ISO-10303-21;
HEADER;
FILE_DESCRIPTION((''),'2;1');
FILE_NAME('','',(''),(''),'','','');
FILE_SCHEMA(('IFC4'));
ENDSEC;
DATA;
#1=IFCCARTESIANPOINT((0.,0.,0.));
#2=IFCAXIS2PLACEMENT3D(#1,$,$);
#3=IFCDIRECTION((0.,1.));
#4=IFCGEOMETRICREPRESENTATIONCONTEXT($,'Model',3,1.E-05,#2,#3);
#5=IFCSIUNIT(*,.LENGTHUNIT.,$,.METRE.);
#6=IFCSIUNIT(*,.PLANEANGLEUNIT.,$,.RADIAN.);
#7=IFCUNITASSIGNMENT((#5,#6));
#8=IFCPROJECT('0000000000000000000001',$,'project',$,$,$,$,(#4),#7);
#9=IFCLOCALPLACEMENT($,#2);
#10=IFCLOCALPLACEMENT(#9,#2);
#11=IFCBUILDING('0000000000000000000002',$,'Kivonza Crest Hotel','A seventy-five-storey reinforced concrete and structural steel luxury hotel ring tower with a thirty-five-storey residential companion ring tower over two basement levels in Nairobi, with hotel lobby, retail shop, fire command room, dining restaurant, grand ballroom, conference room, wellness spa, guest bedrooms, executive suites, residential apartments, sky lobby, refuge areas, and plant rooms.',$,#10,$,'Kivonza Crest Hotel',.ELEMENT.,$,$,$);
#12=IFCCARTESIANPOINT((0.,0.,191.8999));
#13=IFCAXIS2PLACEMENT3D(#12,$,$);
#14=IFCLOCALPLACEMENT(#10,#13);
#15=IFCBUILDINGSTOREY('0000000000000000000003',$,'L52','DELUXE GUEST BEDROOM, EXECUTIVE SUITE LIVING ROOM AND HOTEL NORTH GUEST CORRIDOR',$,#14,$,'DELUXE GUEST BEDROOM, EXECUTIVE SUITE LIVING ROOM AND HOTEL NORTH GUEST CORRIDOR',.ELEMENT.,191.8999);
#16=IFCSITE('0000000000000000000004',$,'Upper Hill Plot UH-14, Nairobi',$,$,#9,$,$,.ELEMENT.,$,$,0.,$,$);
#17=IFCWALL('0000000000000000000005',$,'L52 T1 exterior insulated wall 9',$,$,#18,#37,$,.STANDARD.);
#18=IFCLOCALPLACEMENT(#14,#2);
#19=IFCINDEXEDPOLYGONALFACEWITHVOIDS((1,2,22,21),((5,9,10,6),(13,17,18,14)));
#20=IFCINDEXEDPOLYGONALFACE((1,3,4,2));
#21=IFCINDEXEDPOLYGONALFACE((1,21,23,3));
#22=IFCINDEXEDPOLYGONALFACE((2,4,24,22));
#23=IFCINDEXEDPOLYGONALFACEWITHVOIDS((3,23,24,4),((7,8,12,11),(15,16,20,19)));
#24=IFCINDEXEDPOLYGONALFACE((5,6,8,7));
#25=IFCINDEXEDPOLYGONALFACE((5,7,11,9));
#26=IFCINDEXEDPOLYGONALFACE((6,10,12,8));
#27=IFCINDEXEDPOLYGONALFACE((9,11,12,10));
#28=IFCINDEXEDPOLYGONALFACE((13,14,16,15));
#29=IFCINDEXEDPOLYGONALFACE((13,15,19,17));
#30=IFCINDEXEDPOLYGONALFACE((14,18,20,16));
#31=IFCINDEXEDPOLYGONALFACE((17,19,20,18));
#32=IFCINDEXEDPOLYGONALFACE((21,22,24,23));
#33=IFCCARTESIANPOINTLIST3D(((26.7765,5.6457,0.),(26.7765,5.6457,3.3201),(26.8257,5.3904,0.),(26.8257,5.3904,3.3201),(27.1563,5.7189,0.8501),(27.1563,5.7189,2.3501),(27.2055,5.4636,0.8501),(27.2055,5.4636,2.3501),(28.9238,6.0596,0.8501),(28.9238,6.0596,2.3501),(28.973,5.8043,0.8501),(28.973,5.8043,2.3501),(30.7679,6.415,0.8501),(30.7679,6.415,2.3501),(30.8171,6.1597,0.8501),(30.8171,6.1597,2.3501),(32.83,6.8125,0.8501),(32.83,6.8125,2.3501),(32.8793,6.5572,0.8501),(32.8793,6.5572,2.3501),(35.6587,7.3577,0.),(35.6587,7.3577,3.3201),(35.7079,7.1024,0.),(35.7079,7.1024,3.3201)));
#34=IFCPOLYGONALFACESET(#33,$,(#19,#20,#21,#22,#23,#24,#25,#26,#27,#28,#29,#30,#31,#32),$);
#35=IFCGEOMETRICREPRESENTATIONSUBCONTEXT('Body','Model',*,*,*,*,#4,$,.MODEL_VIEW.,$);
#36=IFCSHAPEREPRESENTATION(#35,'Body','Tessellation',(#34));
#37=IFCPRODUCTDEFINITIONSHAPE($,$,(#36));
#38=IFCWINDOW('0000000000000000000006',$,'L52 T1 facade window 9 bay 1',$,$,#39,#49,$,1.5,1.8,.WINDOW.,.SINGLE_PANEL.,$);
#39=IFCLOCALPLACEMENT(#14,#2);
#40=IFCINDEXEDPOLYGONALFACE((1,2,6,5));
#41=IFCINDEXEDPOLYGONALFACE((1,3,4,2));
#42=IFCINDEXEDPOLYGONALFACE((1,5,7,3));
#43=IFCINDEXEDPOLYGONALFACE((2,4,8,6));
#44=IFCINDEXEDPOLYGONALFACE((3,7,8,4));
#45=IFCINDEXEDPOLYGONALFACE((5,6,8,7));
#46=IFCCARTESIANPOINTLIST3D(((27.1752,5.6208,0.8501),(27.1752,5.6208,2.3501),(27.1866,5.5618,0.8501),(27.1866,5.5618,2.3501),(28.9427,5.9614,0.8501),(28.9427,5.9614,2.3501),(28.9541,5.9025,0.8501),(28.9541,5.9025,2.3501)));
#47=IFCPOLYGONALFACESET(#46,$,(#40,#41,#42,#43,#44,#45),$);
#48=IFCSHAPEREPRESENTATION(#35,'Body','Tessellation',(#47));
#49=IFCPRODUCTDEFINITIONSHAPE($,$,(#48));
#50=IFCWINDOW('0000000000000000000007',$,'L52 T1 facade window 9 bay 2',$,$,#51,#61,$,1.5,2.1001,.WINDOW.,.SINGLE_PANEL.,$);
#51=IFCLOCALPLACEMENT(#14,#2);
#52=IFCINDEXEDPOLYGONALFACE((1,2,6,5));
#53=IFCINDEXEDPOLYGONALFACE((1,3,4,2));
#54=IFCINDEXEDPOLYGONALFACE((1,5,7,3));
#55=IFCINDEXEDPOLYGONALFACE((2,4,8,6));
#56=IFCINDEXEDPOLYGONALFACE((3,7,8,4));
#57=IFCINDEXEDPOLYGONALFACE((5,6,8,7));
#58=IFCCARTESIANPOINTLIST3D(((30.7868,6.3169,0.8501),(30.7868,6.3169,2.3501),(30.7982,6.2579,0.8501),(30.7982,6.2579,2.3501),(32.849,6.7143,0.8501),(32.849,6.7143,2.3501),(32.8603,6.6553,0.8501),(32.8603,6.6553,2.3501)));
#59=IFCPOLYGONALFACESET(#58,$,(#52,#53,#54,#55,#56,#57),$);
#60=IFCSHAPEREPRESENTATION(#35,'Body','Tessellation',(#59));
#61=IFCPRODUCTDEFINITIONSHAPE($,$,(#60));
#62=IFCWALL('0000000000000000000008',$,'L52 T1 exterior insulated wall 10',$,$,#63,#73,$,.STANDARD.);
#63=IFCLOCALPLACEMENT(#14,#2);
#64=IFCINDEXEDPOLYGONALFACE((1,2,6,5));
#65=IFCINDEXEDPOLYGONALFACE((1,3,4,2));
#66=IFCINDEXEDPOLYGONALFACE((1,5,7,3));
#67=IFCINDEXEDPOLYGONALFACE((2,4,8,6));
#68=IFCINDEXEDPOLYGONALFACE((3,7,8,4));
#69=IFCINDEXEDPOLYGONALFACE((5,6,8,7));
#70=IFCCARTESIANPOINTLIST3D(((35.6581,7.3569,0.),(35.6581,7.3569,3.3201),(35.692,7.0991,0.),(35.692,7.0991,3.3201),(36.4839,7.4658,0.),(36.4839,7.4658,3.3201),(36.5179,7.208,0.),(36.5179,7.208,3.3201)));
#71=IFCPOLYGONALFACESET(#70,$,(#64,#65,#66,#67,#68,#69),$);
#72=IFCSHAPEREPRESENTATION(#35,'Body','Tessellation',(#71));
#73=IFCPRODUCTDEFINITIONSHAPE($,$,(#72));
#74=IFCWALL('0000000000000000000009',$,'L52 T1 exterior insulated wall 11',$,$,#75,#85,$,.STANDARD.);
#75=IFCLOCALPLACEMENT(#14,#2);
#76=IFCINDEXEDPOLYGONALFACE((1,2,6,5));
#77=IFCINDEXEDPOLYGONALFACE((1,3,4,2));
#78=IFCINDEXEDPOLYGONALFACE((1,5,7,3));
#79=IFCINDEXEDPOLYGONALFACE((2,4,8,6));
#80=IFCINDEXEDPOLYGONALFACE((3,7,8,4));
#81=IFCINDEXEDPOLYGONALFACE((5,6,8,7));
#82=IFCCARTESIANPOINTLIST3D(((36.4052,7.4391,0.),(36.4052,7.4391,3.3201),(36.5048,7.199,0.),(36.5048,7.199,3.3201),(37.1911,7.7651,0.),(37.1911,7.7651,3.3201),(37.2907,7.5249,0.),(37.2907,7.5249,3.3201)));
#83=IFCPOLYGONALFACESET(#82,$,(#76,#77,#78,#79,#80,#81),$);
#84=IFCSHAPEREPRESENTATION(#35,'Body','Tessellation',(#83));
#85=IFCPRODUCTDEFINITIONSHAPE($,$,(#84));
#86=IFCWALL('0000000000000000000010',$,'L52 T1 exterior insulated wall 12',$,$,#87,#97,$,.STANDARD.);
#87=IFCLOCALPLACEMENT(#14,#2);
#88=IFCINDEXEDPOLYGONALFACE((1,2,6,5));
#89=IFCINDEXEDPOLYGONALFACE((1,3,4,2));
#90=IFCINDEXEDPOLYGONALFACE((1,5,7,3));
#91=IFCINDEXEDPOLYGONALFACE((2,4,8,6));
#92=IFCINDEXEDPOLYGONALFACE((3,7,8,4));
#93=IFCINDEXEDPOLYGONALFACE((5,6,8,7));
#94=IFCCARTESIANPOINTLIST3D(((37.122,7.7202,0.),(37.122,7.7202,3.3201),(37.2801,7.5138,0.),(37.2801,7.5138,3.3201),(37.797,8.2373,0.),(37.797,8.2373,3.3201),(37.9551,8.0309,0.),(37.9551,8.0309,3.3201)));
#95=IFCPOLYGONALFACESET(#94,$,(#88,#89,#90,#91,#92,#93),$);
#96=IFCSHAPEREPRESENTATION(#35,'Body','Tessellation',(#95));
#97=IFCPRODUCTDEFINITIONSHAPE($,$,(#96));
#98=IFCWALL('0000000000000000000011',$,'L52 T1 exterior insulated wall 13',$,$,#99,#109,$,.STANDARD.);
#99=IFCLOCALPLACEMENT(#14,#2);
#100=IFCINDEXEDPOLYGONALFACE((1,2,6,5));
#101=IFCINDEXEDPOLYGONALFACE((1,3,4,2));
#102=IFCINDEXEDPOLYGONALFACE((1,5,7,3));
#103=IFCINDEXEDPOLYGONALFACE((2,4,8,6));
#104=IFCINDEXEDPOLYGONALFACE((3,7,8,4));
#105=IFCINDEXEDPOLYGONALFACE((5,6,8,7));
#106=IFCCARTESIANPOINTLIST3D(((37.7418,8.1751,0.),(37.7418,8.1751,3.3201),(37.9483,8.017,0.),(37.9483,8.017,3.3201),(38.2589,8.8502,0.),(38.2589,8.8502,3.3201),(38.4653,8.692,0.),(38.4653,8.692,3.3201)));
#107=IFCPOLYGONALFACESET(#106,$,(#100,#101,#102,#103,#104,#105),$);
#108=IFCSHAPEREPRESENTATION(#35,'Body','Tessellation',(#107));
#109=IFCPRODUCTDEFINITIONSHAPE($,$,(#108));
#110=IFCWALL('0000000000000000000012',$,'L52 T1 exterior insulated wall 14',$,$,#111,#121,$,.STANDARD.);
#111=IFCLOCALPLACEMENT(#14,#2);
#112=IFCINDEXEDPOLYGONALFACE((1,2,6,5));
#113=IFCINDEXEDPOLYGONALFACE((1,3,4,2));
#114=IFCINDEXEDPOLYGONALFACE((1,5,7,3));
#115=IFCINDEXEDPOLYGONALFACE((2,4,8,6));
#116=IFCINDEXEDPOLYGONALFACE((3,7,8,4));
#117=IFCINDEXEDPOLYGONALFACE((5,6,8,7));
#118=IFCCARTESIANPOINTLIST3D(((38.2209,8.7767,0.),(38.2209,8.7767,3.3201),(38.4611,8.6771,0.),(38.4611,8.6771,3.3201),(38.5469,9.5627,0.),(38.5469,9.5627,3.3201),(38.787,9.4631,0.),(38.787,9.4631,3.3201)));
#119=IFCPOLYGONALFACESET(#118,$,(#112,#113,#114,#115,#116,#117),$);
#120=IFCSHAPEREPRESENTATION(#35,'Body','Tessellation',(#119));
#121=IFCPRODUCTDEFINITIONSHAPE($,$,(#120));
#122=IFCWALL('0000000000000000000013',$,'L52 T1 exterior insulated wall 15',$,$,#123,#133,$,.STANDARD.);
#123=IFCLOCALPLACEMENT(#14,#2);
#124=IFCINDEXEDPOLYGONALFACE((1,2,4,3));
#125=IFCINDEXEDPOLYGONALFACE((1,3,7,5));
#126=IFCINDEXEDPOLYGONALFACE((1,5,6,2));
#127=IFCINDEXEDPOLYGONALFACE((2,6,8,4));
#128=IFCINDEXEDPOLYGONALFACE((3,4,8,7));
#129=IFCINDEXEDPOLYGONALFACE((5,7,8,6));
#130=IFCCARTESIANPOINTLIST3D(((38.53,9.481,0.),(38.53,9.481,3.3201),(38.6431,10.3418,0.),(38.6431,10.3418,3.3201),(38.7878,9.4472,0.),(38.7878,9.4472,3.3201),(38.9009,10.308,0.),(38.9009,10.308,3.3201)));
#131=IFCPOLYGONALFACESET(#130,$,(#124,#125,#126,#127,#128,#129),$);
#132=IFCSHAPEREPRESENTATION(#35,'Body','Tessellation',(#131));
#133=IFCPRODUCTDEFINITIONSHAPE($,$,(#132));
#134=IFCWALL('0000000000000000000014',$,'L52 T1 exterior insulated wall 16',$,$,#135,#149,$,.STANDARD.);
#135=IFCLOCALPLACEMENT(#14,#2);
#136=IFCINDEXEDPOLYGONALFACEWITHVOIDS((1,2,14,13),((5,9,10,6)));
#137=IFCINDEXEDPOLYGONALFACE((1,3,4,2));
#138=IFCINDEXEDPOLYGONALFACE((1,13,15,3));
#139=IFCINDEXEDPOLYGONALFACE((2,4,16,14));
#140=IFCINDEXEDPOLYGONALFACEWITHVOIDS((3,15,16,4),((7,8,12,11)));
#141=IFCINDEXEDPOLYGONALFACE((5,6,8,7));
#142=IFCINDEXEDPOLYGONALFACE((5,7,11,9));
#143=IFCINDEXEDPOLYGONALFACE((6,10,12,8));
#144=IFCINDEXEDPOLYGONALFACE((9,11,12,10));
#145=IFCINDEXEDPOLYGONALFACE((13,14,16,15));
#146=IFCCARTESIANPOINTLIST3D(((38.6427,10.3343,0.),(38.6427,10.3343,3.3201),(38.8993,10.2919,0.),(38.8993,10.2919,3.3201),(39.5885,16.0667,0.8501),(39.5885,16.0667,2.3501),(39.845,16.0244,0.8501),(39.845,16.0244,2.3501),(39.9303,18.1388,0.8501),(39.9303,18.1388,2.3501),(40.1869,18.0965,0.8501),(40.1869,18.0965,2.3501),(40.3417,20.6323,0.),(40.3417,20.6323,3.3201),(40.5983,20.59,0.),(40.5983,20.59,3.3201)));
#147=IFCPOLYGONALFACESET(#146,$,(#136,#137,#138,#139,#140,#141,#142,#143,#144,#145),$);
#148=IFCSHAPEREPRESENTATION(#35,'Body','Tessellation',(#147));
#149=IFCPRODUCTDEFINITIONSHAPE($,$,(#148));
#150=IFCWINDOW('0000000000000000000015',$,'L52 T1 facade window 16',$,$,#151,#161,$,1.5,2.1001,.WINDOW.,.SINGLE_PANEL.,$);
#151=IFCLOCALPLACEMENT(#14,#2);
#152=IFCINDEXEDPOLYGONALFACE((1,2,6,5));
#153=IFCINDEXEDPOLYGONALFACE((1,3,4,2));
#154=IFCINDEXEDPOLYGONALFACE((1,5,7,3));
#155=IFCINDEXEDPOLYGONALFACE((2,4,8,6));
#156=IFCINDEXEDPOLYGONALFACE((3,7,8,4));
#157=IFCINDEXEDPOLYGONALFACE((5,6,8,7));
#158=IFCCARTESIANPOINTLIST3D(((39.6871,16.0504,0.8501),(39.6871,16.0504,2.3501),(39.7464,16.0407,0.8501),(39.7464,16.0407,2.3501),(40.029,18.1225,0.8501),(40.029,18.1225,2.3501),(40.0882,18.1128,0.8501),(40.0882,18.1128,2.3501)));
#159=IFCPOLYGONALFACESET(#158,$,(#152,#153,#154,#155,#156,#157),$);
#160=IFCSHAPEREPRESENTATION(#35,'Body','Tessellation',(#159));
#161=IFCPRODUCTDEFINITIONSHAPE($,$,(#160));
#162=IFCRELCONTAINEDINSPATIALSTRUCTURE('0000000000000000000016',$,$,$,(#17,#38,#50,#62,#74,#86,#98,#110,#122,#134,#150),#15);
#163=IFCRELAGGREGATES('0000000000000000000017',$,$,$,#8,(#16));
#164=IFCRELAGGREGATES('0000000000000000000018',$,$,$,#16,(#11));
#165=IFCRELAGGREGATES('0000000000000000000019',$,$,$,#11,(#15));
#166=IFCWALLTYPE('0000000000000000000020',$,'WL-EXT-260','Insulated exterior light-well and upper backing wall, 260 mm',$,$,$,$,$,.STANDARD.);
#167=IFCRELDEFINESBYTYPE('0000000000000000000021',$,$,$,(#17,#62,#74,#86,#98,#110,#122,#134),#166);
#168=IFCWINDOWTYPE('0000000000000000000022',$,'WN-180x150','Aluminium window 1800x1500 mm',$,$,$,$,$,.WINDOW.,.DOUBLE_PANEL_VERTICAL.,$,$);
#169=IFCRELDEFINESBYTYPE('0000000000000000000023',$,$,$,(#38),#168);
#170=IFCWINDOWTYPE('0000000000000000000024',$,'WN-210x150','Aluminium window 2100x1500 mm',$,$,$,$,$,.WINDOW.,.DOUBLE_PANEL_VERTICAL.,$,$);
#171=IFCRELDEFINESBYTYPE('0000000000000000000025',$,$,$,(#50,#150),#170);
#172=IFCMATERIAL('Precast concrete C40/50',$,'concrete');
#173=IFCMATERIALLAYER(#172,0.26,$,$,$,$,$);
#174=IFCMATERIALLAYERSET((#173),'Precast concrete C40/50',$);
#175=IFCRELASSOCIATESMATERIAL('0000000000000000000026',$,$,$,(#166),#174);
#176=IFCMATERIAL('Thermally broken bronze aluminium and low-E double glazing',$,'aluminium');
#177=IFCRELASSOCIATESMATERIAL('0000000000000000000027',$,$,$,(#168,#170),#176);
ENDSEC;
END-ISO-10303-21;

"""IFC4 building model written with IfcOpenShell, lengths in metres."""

from ifc_helpers import new_model, si_unit, direction, frame, frame_2d, origin, place, context, subcontext, project, spatial, rectangle, extrude, material, layer, layer_set, type_object, element, fill, save


model = new_model("IFC4")

# Units and contexts
model_context = context("Model", 3, precision=1e-05, world=origin(), true_north=direction((0.0, 1.0)))
body_context = subcontext(model_context, "Body", "Model", "MODEL_VIEW")
ifc_project = project(units=[si_unit("LENGTHUNIT", "METRE"), si_unit("PLANEANGLEUNIT", "RADIAN")], contexts=[model_context])

# Site, building, storey
site_placement = place(None, origin())
site = spatial("IfcSite", under=ifc_project, at=site_placement, Name="Upper Hill Plot UH-14, Nairobi", CompositionType="ELEMENT", RefElevation=0.0)
building_placement = place(site_placement, origin())
building = spatial("IfcBuilding", under=site, at=building_placement, Name="Kivonza Crest Hotel", Description="A seventy-five-storey reinforced concrete and structural steel luxury hotel ring tower with a thirty-five-storey residential companion ring tower over two basement levels in Nairobi, with hotel lobby, retail shop, fire command room, dining restaurant, grand ballroom, conference room, wellness spa, guest bedrooms, executive suites, residential apartments, sky lobby, refuge areas, and plant rooms.", LongName="Kivonza Crest Hotel", CompositionType="ELEMENT")
storey_placement = place(building_placement, frame((0.0, 0.0, 191.8999)))
storey = spatial("IfcBuildingStorey", under=building, at=storey_placement, Name="L52", Description="DELUXE GUEST BEDROOM, EXECUTIVE SUITE LIVING ROOM AND HOTEL NORTH GUEST CORRIDOR", LongName="DELUXE GUEST BEDROOM, EXECUTIVE SUITE LIVING ROOM AND HOTEL NORTH GUEST CORRIDOR", CompositionType="ELEMENT", Elevation=191.8999)

# Wall, openings, windows
ifc_material_1 = material(Name="Precast concrete C40/50", Category="concrete")
ifc_layer_1 = layer(ifc_material_1, 0.26)
ifc_layer_set_1 = layer_set([ifc_layer_1], Name="Precast concrete C40/50")
wall_type_1 = type_object("IfcWallType", Name="WL-EXT-260", Description="Insulated exterior light-well and upper backing wall, 260 mm", PredefinedType="STANDARD", material=ifc_layer_set_1)
wall_1_placement = place(storey_placement, frame((26.801, 5.5181, 0.0), z_axis=(0.0, 0.0, 1.0), x_axis=(0.981928, 0.189255, 0.0)))
wall_1 = element("IfcWall", 1, at=wall_1_placement, inside=storey, type_object=wall_type_1, Name="L52 T1 exterior insulated wall 9", PredefinedType="STANDARD", context=body_context, shape_type="SweptSolid", body=[
    extrude(rectangle(XDim=9.0457, YDim=0.26, at=frame_2d((4.5229, 0.0))), origin(), (0.0, 0.0, 1.0), 3.3201),
])
opening_1_placement = place(wall_1_placement, frame((0.387, 0.0, 0.8501)))
opening_1 = element("IfcOpeningElement", 2, at=opening_1_placement, cuts=wall_1, PredefinedType="OPENING", context=body_context, shape_type="SweptSolid", body=[
    extrude(rectangle(XDim=1.8, YDim=1.5, at=frame_2d((0.8999, 0.75))), frame((0.0, 0.1401, 0.0), z_axis=(0.0, -1.0, 0.0), x_axis=(1.0, 0.0, 0.0)), (0.0, 0.0, 1.0), 0.28),
])
opening_2_placement = place(wall_1_placement, frame((4.0649, 0.0, 0.8501)))
opening_2 = element("IfcOpeningElement", 3, at=opening_2_placement, cuts=wall_1, PredefinedType="OPENING", context=body_context, shape_type="SweptSolid", body=[
    extrude(rectangle(XDim=2.1001, YDim=1.5, at=frame_2d((1.05, 0.75))), frame((0.0, 0.1401, 0.0), z_axis=(0.0, -1.0, 0.0), x_axis=(1.0, 0.0, 0.0)), (0.0, 0.0, 1.0), 0.28),
])
ifc_material_2 = material(Name="Thermally broken bronze aluminium and low-E double glazing", Category="aluminium")
window_type_1 = type_object("IfcWindowType", Name="WN-180x150", Description="Aluminium window 1800x1500 mm", PartitioningType="DOUBLE_PANEL_VERTICAL", PredefinedType="WINDOW", material=ifc_material_2)
window_1_placement = place(opening_1_placement, origin())
window_1 = element("IfcWindow", 4, at=window_1_placement, inside=storey, type_object=window_type_1, Name="L52 T1 facade window 9 bay 1", OverallHeight=1.5, OverallWidth=1.8, PartitioningType="SINGLE_PANEL", PredefinedType="WINDOW", context=body_context, shape_type="SweptSolid", body=[
    extrude(rectangle(XDim=1.8, YDim=1.5, at=frame_2d((0.8999, 0.75))), frame((0.0, 0.03, 0.0), z_axis=(0.0, -1.0, 0.0), x_axis=(1.0, 0.0, 0.0)), (0.0, 0.0, 1.0), 0.0601),
])
fill(opening_1, window_1)
window_type_2 = type_object("IfcWindowType", Name="WN-210x150", Description="Aluminium window 2100x1500 mm", PartitioningType="DOUBLE_PANEL_VERTICAL", PredefinedType="WINDOW", material=ifc_material_2)
window_2_placement = place(opening_2_placement, origin())
window_2 = element("IfcWindow", 5, at=window_2_placement, inside=storey, type_object=window_type_2, Name="L52 T1 facade window 9 bay 2", OverallHeight=1.5, OverallWidth=2.1001, PartitioningType="SINGLE_PANEL", PredefinedType="WINDOW", context=body_context, shape_type="SweptSolid", body=[
    extrude(rectangle(XDim=2.1001, YDim=1.5, at=frame_2d((1.05, 0.75))), frame((0.0, 0.03, 0.0), z_axis=(0.0, -1.0, 0.0), x_axis=(1.0, 0.0, 0.0)), (0.0, 0.0, 1.0), 0.0601),
])
fill(opening_2, window_2)

# Walls
wall_2_placement = place(storey_placement, frame((35.675, 7.228, 0.0), z_axis=(0.0, 0.0, 1.0), x_axis=(0.991421, 0.130705, 0.0)))
element("IfcWall", 6, at=wall_2_placement, inside=storey, type_object=wall_type_1, Name="L52 T1 exterior insulated wall 10", PredefinedType="STANDARD", context=body_context, shape_type="SweptSolid", body=[
    extrude(rectangle(XDim=0.833, YDim=0.26, at=frame_2d((0.4165, 0.0))), origin(), (0.0, 0.0, 1.0), 3.3201),
])
wall_3_placement = place(storey_placement, frame((36.4551, 7.3191, 0.0), z_axis=(0.0, 0.0, 1.0), x_axis=(0.923712, 0.383087, 0.0)))
element("IfcWall", 7, at=wall_3_placement, inside=storey, type_object=wall_type_1, Name="L52 T1 exterior insulated wall 11", PredefinedType="STANDARD", context=body_context, shape_type="SweptSolid", body=[
    extrude(rectangle(XDim=0.8508, YDim=0.26, at=frame_2d((0.4253, 0.0))), origin(), (0.0, 0.0, 1.0), 3.3201),
])
for number, where, z_axis, x_axis, name in (
    (8, (37.2009, 7.6169, 0.0), (0.0, 0.0, 1.0), (0.79386, 0.6081, 0.0), "L52 T1 exterior insulated wall 12"),
    (9, (37.845, 8.0959, 0.0), (0.0, 0.0, 1.0), (0.6081, 0.79386, 0.0), "L52 T1 exterior insulated wall 13"),
):
    element("IfcWall", number, at=place(storey_placement, frame(where, z_axis=z_axis, x_axis=x_axis)), inside=storey, type_object=wall_type_1, Name=name, PredefinedType="STANDARD", context=body_context, shape_type="SweptSolid", body=[
        extrude(rectangle(XDim=0.8503, YDim=0.26, at=frame_2d((0.4253, 0.0))), origin(), (0.0, 0.0, 1.0), 3.3201),
    ])
wall_4_placement = place(storey_placement, frame((38.3411, 8.7271, 0.0), z_axis=(0.0, 0.0, 1.0), x_axis=(0.383087, 0.923712, 0.0)))
element("IfcWall", 10, at=wall_4_placement, inside=storey, type_object=wall_type_1, Name="L52 T1 exterior insulated wall 14", PredefinedType="STANDARD", context=body_context, shape_type="SweptSolid", body=[
    extrude(rectangle(XDim=0.8508, YDim=0.26, at=frame_2d((0.4253, 0.0))), origin(), (0.0, 0.0, 1.0), 3.3201),
])
wall_5_placement = place(storey_placement, frame((38.6589, 9.4641, 0.0), z_axis=(0.0, 0.0, 1.0), x_axis=(0.130193, 0.991489, 0.0)))
element("IfcWall", 11, at=wall_5_placement, inside=storey, type_object=wall_type_1, Name="L52 T1 exterior insulated wall 15", PredefinedType="STANDARD", context=body_context, shape_type="SweptSolid", body=[
    extrude(rectangle(XDim=0.8682, YDim=0.26, at=frame_2d((0.4341, 0.0))), origin(), (0.0, 0.0, 1.0), 3.3201),
])

# Wall, opening, window
wall_6_placement = place(storey_placement, frame((38.771, 10.313, 0.0), z_axis=(0.0, 0.0, 1.0), x_axis=(0.162779, 0.986663, 0.0)))
wall_6 = element("IfcWall", 12, at=wall_6_placement, inside=storey, type_object=wall_type_1, Name="L52 T1 exterior insulated wall 16", PredefinedType="STANDARD", context=body_context, shape_type="SweptSolid", body=[
    extrude(rectangle(XDim=10.4373, YDim=0.26, at=frame_2d((5.2188, 0.0))), origin(), (0.0, 0.0, 1.0), 3.3201),
])
opening_3_placement = place(wall_6_placement, frame((5.8101, 0.0, 0.8501)))
opening_3 = element("IfcOpeningElement", 13, at=opening_3_placement, cuts=wall_6, PredefinedType="OPENING", context=body_context, shape_type="SweptSolid", body=[
    extrude(rectangle(XDim=2.1001, YDim=1.5, at=frame_2d((1.05, 0.75))), frame((0.0, 0.1401, 0.0), z_axis=(0.0, -1.0, 0.0), x_axis=(1.0, 0.0, 0.0)), (0.0, 0.0, 1.0), 0.28),
])
window_3_placement = place(opening_3_placement, origin())
window_3 = element("IfcWindow", 14, at=window_3_placement, inside=storey, type_object=window_type_2, Name="L52 T1 facade window 16", OverallHeight=1.5, OverallWidth=2.1001, PartitioningType="SINGLE_PANEL", PredefinedType="WINDOW", context=body_context, shape_type="SweptSolid", body=[
    extrude(rectangle(XDim=2.1001, YDim=1.5, at=frame_2d((1.05, 0.75))), frame((0.0, 0.03, 0.0), z_axis=(0.0, -1.0, 0.0), x_axis=(1.0, 0.0, 0.0)), (0.0, 0.0, 1.0), 0.0601),
])
fill(opening_3, window_3)

save(model, "model.ifc")
